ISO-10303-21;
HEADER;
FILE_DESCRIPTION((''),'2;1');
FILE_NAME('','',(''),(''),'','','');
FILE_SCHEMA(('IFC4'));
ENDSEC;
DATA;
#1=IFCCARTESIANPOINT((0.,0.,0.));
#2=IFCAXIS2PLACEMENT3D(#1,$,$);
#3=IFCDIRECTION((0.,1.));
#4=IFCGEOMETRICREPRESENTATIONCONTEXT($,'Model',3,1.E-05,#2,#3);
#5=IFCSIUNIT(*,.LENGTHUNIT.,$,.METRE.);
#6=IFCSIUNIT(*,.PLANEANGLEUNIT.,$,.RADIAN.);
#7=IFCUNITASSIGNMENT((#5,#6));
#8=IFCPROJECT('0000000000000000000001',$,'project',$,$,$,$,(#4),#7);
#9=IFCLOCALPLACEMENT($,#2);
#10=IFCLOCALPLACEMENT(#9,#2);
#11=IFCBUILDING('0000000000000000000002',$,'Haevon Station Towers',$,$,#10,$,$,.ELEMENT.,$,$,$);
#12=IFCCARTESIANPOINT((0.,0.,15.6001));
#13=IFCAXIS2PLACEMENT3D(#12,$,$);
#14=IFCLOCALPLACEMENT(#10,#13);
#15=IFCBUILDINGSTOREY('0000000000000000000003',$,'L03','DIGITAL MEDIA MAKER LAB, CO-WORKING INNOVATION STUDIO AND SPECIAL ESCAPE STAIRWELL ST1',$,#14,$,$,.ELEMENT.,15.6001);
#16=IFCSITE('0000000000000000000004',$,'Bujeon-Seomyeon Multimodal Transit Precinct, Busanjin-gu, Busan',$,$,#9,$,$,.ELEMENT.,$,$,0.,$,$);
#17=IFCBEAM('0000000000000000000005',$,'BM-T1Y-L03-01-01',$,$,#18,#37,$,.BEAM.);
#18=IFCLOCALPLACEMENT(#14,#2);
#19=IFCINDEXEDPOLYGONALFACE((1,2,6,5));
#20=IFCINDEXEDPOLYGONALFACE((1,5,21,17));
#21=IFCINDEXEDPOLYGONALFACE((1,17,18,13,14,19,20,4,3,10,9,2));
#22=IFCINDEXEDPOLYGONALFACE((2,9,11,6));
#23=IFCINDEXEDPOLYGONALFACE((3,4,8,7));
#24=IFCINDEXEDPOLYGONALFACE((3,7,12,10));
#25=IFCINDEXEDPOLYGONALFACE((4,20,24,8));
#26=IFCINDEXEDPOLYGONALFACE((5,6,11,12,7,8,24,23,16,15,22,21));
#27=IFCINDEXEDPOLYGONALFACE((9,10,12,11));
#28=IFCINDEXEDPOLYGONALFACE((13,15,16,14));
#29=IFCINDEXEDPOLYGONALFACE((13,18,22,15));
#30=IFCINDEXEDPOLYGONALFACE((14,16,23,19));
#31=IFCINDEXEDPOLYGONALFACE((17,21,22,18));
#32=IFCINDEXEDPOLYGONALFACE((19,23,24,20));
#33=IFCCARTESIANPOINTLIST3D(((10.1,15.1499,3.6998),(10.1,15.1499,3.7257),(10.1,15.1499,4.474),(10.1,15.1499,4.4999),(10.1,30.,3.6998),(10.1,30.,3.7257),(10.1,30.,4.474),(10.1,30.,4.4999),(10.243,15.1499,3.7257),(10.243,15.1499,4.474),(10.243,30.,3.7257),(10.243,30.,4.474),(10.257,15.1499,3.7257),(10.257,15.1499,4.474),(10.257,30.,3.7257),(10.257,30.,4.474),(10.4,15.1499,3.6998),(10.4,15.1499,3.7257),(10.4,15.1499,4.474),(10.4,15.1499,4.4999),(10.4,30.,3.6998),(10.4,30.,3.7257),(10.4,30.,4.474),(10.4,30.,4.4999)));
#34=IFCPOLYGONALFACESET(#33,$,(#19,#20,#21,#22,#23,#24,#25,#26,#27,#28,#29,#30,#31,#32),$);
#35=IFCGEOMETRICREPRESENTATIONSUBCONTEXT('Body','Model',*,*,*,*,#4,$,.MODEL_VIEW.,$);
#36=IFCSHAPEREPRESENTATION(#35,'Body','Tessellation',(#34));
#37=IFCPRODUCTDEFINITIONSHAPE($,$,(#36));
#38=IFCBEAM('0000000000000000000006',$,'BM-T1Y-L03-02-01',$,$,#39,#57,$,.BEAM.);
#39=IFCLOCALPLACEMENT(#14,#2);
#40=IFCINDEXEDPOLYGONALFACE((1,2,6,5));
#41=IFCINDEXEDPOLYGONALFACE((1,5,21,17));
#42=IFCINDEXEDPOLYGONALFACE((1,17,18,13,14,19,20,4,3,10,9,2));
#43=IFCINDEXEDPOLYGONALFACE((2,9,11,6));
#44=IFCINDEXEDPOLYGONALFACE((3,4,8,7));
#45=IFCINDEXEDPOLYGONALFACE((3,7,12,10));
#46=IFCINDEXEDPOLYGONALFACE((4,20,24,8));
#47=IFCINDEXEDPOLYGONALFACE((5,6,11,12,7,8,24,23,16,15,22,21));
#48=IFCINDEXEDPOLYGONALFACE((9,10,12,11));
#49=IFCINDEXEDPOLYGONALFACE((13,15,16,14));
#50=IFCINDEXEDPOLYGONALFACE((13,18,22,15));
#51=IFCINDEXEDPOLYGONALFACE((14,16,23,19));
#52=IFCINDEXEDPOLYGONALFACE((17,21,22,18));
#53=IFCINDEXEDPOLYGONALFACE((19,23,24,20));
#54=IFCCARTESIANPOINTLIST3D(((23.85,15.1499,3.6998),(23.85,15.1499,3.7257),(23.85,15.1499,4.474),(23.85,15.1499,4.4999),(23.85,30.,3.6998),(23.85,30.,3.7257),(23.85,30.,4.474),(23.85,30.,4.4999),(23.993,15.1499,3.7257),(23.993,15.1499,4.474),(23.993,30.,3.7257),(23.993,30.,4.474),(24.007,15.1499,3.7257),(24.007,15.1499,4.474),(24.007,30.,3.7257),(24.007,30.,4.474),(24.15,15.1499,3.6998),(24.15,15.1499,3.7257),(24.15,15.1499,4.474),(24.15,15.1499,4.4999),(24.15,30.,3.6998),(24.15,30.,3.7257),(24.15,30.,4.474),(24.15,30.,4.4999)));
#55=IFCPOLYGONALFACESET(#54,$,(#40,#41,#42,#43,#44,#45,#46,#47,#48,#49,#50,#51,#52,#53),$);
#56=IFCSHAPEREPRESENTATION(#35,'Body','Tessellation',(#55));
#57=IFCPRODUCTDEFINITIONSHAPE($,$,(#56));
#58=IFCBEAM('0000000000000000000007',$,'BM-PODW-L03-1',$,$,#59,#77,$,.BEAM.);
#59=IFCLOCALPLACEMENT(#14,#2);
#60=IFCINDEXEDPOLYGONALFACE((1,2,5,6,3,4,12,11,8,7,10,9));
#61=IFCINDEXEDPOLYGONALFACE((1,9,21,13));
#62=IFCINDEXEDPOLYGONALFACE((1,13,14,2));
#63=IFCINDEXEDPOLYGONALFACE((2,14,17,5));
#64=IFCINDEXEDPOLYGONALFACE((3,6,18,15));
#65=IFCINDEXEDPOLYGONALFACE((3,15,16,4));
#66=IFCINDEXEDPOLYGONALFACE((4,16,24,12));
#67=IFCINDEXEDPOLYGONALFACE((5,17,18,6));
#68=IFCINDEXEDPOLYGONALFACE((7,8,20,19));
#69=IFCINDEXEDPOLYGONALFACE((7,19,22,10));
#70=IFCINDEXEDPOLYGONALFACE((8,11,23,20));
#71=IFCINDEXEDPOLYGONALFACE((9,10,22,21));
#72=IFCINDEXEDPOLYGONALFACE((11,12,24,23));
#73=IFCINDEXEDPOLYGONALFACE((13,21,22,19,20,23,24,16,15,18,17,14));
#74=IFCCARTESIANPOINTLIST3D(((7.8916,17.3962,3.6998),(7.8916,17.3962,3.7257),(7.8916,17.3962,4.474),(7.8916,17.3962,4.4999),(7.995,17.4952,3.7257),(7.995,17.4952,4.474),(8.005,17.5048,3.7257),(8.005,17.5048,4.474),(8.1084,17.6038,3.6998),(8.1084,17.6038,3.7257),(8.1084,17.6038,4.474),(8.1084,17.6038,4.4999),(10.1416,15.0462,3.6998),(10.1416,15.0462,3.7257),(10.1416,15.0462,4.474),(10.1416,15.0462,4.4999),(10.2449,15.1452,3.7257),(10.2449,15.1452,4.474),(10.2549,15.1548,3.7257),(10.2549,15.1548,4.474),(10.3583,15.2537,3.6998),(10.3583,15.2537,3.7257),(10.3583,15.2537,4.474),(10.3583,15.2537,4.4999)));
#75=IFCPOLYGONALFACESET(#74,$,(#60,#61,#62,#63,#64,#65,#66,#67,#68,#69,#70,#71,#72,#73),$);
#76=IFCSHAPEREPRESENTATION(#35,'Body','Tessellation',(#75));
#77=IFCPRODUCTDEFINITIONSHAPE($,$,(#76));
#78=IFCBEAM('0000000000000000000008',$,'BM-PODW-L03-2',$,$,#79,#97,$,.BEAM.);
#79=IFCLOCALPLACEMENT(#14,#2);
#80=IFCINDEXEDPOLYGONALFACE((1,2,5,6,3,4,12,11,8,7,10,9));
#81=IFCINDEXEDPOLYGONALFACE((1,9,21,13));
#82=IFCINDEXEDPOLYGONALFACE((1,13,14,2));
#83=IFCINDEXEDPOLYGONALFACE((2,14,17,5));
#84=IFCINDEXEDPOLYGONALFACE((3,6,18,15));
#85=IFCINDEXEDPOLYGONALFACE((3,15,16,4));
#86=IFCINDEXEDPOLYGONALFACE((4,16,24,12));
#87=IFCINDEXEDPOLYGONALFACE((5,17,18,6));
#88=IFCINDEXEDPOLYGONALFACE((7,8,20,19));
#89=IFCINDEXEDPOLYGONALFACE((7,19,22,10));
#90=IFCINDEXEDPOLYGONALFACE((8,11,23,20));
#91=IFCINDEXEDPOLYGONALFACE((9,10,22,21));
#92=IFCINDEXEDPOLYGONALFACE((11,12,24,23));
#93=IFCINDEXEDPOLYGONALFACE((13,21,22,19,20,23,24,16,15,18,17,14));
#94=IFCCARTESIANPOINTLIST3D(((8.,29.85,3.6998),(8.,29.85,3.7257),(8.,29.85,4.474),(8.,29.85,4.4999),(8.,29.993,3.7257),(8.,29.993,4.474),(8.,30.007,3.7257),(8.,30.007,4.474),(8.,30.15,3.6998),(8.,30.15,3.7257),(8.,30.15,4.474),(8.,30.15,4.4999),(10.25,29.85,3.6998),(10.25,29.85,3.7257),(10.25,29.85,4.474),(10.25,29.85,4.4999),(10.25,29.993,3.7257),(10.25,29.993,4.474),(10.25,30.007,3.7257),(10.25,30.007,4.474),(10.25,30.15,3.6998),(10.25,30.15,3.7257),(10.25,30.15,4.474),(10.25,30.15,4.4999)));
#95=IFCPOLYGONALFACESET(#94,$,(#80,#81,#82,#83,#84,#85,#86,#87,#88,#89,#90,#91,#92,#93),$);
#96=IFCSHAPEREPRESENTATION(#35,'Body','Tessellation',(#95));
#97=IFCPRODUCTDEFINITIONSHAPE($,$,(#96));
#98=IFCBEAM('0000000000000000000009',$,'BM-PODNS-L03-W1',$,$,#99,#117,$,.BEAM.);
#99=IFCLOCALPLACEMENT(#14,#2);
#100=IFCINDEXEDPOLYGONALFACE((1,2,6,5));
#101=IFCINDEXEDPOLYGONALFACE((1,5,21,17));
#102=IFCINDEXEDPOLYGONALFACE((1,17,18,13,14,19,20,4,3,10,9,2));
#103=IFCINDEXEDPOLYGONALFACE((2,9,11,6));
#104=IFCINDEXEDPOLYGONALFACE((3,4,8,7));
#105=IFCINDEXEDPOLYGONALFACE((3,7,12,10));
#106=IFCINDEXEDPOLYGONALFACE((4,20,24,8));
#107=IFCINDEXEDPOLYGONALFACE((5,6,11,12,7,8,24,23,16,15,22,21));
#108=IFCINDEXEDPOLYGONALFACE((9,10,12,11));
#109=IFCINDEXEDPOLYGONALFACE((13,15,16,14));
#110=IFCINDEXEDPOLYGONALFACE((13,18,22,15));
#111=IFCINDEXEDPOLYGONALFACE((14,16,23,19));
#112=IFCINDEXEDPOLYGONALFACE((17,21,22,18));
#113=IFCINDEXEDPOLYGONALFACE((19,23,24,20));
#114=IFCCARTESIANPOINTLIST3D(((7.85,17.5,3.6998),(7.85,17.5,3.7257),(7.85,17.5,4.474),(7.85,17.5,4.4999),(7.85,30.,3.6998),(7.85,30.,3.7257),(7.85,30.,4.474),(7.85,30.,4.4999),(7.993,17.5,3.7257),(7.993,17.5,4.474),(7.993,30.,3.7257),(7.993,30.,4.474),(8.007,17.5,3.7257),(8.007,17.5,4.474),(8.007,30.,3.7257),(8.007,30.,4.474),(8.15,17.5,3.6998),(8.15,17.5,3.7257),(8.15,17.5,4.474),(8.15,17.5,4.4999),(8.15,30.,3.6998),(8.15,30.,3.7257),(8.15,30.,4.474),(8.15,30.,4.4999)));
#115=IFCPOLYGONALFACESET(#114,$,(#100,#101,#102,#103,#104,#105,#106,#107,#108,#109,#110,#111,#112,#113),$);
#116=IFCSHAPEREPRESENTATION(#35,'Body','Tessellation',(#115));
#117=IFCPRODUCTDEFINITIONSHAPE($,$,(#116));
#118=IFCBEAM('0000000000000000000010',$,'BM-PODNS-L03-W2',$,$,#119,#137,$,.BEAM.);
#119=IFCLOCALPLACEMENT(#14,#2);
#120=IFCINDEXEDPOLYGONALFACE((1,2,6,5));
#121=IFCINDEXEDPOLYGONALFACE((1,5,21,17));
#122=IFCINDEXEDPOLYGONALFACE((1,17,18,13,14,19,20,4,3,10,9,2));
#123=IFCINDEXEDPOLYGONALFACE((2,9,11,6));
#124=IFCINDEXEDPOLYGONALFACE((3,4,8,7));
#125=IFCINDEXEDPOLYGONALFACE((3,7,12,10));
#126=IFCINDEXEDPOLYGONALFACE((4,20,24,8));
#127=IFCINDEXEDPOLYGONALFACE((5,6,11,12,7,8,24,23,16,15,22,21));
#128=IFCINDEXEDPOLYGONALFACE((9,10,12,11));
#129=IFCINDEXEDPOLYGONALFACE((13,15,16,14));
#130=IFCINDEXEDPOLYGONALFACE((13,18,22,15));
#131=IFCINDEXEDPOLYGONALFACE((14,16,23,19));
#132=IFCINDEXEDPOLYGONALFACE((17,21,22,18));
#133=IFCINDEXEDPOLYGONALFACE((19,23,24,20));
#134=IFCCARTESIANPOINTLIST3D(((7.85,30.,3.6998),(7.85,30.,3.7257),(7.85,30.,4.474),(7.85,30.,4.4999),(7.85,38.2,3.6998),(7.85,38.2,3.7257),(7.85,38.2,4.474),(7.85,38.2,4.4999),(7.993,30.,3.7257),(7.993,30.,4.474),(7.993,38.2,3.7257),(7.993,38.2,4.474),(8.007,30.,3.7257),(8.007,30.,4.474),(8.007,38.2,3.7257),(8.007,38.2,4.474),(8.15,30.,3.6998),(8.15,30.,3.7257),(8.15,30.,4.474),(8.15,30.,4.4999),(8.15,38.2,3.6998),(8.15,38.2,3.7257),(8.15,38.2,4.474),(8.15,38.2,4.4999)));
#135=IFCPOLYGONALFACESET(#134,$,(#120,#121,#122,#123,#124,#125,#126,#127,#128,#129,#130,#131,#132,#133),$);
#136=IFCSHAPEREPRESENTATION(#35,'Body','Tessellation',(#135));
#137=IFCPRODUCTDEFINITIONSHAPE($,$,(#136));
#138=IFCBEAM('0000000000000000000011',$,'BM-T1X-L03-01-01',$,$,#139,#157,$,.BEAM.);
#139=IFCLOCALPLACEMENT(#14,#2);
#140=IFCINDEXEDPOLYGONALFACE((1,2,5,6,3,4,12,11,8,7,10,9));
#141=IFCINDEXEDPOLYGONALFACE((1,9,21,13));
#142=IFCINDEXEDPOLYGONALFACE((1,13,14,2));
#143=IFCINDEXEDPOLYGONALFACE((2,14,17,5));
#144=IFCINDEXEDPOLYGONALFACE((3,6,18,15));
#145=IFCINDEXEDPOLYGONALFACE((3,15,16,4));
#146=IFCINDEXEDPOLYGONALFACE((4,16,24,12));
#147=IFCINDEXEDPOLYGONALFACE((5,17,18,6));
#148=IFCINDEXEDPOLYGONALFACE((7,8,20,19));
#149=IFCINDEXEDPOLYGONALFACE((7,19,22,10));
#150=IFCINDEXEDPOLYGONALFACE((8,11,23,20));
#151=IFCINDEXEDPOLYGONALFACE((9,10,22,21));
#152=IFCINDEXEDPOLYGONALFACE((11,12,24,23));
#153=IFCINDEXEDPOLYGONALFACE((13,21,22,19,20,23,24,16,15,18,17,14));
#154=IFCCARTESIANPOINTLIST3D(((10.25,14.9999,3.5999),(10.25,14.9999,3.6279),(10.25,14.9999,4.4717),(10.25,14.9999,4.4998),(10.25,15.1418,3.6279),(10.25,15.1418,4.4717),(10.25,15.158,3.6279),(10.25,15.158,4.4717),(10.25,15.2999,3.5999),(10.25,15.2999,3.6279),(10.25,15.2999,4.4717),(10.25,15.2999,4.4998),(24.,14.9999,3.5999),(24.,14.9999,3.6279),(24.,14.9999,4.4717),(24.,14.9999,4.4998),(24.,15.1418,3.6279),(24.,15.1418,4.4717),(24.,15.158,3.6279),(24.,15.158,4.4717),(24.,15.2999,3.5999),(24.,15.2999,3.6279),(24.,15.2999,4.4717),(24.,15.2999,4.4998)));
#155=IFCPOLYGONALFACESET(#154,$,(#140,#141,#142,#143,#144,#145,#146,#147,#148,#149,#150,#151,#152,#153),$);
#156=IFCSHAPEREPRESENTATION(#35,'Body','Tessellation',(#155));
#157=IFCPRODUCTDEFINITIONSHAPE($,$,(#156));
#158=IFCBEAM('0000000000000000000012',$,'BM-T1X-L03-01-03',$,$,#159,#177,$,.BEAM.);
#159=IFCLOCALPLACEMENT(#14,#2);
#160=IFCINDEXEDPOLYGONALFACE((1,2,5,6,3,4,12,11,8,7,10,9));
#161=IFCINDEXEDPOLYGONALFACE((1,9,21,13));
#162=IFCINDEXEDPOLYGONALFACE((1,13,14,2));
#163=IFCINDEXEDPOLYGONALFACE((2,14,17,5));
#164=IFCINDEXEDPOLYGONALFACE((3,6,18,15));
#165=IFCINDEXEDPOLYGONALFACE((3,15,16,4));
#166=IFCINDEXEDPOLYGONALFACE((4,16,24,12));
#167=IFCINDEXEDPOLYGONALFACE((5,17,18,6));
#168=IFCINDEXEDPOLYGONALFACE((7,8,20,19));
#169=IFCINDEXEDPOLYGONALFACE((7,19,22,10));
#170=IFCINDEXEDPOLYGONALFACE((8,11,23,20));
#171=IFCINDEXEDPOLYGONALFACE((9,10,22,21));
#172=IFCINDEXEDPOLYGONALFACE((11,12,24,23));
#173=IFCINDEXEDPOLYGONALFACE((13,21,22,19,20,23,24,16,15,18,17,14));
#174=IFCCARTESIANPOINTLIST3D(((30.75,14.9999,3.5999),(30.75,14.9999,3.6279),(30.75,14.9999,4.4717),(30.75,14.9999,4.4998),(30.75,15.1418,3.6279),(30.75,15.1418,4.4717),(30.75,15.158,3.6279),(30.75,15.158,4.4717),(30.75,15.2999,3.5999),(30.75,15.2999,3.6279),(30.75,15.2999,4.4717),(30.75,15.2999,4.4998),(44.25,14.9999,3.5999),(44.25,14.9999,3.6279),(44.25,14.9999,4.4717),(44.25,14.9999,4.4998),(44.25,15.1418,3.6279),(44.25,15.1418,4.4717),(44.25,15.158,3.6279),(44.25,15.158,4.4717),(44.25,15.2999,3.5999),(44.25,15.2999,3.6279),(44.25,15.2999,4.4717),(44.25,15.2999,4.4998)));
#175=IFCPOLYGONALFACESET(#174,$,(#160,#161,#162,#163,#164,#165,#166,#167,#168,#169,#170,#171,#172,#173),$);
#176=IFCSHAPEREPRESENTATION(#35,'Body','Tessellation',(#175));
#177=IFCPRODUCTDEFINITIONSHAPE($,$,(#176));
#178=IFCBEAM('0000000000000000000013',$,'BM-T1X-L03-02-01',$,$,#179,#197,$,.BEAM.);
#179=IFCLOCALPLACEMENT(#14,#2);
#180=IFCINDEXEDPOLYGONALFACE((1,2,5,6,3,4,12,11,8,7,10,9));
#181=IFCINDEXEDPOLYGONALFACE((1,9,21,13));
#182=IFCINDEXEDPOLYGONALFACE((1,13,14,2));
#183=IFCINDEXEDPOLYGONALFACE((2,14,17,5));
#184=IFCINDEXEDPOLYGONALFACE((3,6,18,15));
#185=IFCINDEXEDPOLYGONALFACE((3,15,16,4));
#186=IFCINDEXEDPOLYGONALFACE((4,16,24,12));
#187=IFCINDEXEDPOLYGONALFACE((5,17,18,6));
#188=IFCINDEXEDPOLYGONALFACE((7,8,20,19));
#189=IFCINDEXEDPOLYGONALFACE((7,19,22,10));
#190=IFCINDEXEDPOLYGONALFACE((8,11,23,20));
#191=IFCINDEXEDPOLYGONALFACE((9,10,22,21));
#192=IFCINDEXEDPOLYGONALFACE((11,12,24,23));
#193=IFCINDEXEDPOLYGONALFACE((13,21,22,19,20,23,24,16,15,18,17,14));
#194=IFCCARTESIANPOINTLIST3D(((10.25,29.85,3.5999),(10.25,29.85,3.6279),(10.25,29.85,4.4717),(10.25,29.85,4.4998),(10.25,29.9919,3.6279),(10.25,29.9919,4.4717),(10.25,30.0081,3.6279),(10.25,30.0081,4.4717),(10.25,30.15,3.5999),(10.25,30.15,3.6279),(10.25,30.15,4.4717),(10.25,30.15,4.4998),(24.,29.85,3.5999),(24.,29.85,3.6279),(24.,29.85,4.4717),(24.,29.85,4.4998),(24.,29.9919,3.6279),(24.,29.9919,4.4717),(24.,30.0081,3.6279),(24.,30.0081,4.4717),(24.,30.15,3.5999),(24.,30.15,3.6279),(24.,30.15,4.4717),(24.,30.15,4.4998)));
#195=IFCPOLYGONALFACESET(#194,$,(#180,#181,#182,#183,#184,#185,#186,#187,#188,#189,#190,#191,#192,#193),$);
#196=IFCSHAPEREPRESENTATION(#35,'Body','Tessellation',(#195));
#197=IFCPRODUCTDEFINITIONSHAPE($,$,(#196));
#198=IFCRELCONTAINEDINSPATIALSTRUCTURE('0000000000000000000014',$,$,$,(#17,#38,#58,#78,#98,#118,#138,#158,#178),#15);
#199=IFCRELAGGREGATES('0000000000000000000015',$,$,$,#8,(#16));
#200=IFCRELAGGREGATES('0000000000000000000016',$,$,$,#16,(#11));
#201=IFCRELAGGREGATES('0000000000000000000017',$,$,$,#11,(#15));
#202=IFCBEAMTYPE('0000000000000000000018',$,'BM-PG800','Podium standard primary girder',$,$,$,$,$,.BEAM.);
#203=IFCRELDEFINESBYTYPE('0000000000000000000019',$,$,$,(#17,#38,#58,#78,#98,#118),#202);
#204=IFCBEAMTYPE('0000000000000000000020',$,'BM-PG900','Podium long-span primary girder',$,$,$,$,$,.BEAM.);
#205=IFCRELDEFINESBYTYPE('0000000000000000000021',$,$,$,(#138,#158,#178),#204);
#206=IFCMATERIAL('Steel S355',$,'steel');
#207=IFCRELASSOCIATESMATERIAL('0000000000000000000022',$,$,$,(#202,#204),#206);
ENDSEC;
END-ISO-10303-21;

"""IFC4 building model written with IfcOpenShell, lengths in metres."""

from ifc_helpers import new_model, si_unit, direction, frame, origin, origin_2d, place, context, subcontext, project, spatial, i_section, extrude, material, material_profile, profile_set, type_object, element, save


model = new_model("IFC4")

# Units and contexts
model_context = context("Model", 3, precision=1e-05, world=origin(), true_north=direction((0.0, 1.0)))
body_context = subcontext(model_context, "Body", "Model", "MODEL_VIEW")
ifc_project = project(units=[si_unit("LENGTHUNIT", "METRE"), si_unit("PLANEANGLEUNIT", "RADIAN")], contexts=[model_context])

# Site, building, storey
site_placement = place(None, origin())
site = spatial("IfcSite", under=ifc_project, at=site_placement, Name="Bujeon-Seomyeon Multimodal Transit Precinct, Busanjin-gu, Busan", CompositionType="ELEMENT", RefElevation=0.0)
building_placement = place(site_placement, origin())
building = spatial("IfcBuilding", under=site, at=building_placement, Name="Haevon Station Towers", CompositionType="ELEMENT")
storey_placement = place(building_placement, frame((0.0, 0.0, 15.6001)))
storey = spatial("IfcBuildingStorey", under=building, at=storey_placement, Name="L03", Description="DIGITAL MEDIA MAKER LAB, CO-WORKING INNOVATION STUDIO AND SPECIAL ESCAPE STAIRWELL ST1", CompositionType="ELEMENT", Elevation=15.6001)

# Beams
ifc_material_1 = material(Name="Steel S355", Category="steel")
ifc_material_profile_1 = material_profile(ifc_material_1, i_section(OverallWidth=0.3, OverallDepth=0.8, WebThickness=0.0139, FlangeThickness=0.0259, at=origin_2d()), Name="H-800x300x14x26")
ifc_profile_set_1 = profile_set([ifc_material_profile_1], Name="Steel S355")
beam_type_1 = type_object("IfcBeamType", Name="BM-PG800", Description="Podium standard primary girder", PredefinedType="BEAM", material=ifc_profile_set_1)
for number, where, z_axis, x_axis, name in (
    (1, (10.25, 15.1499, 4.0999), (0.0, 1.0, 0.0), (-1.0, 0.0, 0.0), "BM-T1Y-L03-01-01"),
    (2, (24.0, 15.1499, 4.0999), (0.0, 1.0, 0.0), (-1.0, 0.0, 0.0), "BM-T1Y-L03-02-01"),
):
    element("IfcBeam", number, at=place(storey_placement, frame(where, z_axis=z_axis, x_axis=x_axis)), inside=storey, type_object=beam_type_1, Name=name, PredefinedType="BEAM", context=body_context, shape_type="SweptSolid", body=[
        extrude(i_section(OverallWidth=0.3, OverallDepth=0.8, WebThickness=0.0139, FlangeThickness=0.0259, at=origin_2d()), origin(), (0.0, 0.0, 1.0), 14.8501),
    ])
beam_1_placement = place(storey_placement, frame((8.0, 17.5, 4.0999), z_axis=(0.691557, -0.722322, 0.0), x_axis=(0.722322, 0.691557, 0.0)))
element("IfcBeam", 3, at=beam_1_placement, inside=storey, type_object=beam_type_1, Name="BM-PODW-L03-1", PredefinedType="BEAM", context=body_context, shape_type="SweptSolid", body=[
    extrude(i_section(OverallWidth=0.3, OverallDepth=0.8, WebThickness=0.0139, FlangeThickness=0.0259, at=origin_2d()), origin(), (0.0, 0.0, 1.0), 3.2534),
])
beam_2_placement = place(storey_placement, frame((8.0, 30.0, 4.0999), z_axis=(1.0, 0.0, 0.0), x_axis=(0.0, 1.0, 0.0)))
element("IfcBeam", 4, at=beam_2_placement, inside=storey, type_object=beam_type_1, Name="BM-PODW-L03-2", PredefinedType="BEAM", context=body_context, shape_type="SweptSolid", body=[
    extrude(i_section(OverallWidth=0.3, OverallDepth=0.8, WebThickness=0.0139, FlangeThickness=0.0259, at=origin_2d()), origin(), (0.0, 0.0, 1.0), 2.25),
])
beam_3_placement = place(storey_placement, frame((8.0, 17.5, 4.0999), z_axis=(0.0, 1.0, 0.0), x_axis=(-1.0, 0.0, 0.0)))
element("IfcBeam", 5, at=beam_3_placement, inside=storey, type_object=beam_type_1, Name="BM-PODNS-L03-W1", PredefinedType="BEAM", context=body_context, shape_type="SweptSolid", body=[
    extrude(i_section(OverallWidth=0.3, OverallDepth=0.8, WebThickness=0.0139, FlangeThickness=0.0259, at=origin_2d()), origin(), (0.0, 0.0, 1.0), 12.5),
])
beam_4_placement = place(storey_placement, frame((8.0, 30.0, 4.0999), z_axis=(0.0, 1.0, 0.0), x_axis=(-1.0, 0.0, 0.0)))
element("IfcBeam", 6, at=beam_4_placement, inside=storey, type_object=beam_type_1, Name="BM-PODNS-L03-W2", PredefinedType="BEAM", context=body_context, shape_type="SweptSolid", body=[
    extrude(i_section(OverallWidth=0.3, OverallDepth=0.8, WebThickness=0.0139, FlangeThickness=0.0259, at=origin_2d()), origin(), (0.0, 0.0, 1.0), 8.2),
])
ifc_material_profile_2 = material_profile(ifc_material_1, i_section(OverallWidth=0.3, OverallDepth=0.8999, WebThickness=0.0161, FlangeThickness=0.0281, at=origin_2d()), Name="H-900x300x16x28")
ifc_profile_set_2 = profile_set([ifc_material_profile_2], Name="Steel S355")
beam_type_2 = type_object("IfcBeamType", Name="BM-PG900", Description="Podium long-span primary girder", PredefinedType="BEAM", material=ifc_profile_set_2)
beam_5_placement = place(storey_placement, frame((10.25, 15.1499, 4.0498), z_axis=(1.0, 0.0, 0.0), x_axis=(0.0, 1.0, 0.0)))
element("IfcBeam", 7, at=beam_5_placement, inside=storey, type_object=beam_type_2, Name="BM-T1X-L03-01-01", PredefinedType="BEAM", context=body_context, shape_type="SweptSolid", body=[
    extrude(i_section(OverallWidth=0.3, OverallDepth=0.8999, WebThickness=0.0161, FlangeThickness=0.0281, at=origin_2d()), origin(), (0.0, 0.0, 1.0), 13.75),
])
beam_6_placement = place(storey_placement, frame((30.75, 15.1499, 4.0498), z_axis=(1.0, 0.0, 0.0), x_axis=(0.0, 1.0, 0.0)))
element("IfcBeam", 8, at=beam_6_placement, inside=storey, type_object=beam_type_2, Name="BM-T1X-L03-01-03", PredefinedType="BEAM", context=body_context, shape_type="SweptSolid", body=[
    extrude(i_section(OverallWidth=0.3, OverallDepth=0.8999, WebThickness=0.0161, FlangeThickness=0.0281, at=origin_2d()), origin(), (0.0, 0.0, 1.0), 13.5),
])
beam_7_placement = place(storey_placement, frame((10.25, 30.0, 4.0498), z_axis=(1.0, 0.0, 0.0), x_axis=(0.0, 1.0, 0.0)))
element("IfcBeam", 9, at=beam_7_placement, inside=storey, type_object=beam_type_2, Name="BM-T1X-L03-02-01", PredefinedType="BEAM", context=body_context, shape_type="SweptSolid", body=[
    extrude(i_section(OverallWidth=0.3, OverallDepth=0.8999, WebThickness=0.0161, FlangeThickness=0.0281, at=origin_2d()), origin(), (0.0, 0.0, 1.0), 13.75),
])

save(model, "model.ifc")
